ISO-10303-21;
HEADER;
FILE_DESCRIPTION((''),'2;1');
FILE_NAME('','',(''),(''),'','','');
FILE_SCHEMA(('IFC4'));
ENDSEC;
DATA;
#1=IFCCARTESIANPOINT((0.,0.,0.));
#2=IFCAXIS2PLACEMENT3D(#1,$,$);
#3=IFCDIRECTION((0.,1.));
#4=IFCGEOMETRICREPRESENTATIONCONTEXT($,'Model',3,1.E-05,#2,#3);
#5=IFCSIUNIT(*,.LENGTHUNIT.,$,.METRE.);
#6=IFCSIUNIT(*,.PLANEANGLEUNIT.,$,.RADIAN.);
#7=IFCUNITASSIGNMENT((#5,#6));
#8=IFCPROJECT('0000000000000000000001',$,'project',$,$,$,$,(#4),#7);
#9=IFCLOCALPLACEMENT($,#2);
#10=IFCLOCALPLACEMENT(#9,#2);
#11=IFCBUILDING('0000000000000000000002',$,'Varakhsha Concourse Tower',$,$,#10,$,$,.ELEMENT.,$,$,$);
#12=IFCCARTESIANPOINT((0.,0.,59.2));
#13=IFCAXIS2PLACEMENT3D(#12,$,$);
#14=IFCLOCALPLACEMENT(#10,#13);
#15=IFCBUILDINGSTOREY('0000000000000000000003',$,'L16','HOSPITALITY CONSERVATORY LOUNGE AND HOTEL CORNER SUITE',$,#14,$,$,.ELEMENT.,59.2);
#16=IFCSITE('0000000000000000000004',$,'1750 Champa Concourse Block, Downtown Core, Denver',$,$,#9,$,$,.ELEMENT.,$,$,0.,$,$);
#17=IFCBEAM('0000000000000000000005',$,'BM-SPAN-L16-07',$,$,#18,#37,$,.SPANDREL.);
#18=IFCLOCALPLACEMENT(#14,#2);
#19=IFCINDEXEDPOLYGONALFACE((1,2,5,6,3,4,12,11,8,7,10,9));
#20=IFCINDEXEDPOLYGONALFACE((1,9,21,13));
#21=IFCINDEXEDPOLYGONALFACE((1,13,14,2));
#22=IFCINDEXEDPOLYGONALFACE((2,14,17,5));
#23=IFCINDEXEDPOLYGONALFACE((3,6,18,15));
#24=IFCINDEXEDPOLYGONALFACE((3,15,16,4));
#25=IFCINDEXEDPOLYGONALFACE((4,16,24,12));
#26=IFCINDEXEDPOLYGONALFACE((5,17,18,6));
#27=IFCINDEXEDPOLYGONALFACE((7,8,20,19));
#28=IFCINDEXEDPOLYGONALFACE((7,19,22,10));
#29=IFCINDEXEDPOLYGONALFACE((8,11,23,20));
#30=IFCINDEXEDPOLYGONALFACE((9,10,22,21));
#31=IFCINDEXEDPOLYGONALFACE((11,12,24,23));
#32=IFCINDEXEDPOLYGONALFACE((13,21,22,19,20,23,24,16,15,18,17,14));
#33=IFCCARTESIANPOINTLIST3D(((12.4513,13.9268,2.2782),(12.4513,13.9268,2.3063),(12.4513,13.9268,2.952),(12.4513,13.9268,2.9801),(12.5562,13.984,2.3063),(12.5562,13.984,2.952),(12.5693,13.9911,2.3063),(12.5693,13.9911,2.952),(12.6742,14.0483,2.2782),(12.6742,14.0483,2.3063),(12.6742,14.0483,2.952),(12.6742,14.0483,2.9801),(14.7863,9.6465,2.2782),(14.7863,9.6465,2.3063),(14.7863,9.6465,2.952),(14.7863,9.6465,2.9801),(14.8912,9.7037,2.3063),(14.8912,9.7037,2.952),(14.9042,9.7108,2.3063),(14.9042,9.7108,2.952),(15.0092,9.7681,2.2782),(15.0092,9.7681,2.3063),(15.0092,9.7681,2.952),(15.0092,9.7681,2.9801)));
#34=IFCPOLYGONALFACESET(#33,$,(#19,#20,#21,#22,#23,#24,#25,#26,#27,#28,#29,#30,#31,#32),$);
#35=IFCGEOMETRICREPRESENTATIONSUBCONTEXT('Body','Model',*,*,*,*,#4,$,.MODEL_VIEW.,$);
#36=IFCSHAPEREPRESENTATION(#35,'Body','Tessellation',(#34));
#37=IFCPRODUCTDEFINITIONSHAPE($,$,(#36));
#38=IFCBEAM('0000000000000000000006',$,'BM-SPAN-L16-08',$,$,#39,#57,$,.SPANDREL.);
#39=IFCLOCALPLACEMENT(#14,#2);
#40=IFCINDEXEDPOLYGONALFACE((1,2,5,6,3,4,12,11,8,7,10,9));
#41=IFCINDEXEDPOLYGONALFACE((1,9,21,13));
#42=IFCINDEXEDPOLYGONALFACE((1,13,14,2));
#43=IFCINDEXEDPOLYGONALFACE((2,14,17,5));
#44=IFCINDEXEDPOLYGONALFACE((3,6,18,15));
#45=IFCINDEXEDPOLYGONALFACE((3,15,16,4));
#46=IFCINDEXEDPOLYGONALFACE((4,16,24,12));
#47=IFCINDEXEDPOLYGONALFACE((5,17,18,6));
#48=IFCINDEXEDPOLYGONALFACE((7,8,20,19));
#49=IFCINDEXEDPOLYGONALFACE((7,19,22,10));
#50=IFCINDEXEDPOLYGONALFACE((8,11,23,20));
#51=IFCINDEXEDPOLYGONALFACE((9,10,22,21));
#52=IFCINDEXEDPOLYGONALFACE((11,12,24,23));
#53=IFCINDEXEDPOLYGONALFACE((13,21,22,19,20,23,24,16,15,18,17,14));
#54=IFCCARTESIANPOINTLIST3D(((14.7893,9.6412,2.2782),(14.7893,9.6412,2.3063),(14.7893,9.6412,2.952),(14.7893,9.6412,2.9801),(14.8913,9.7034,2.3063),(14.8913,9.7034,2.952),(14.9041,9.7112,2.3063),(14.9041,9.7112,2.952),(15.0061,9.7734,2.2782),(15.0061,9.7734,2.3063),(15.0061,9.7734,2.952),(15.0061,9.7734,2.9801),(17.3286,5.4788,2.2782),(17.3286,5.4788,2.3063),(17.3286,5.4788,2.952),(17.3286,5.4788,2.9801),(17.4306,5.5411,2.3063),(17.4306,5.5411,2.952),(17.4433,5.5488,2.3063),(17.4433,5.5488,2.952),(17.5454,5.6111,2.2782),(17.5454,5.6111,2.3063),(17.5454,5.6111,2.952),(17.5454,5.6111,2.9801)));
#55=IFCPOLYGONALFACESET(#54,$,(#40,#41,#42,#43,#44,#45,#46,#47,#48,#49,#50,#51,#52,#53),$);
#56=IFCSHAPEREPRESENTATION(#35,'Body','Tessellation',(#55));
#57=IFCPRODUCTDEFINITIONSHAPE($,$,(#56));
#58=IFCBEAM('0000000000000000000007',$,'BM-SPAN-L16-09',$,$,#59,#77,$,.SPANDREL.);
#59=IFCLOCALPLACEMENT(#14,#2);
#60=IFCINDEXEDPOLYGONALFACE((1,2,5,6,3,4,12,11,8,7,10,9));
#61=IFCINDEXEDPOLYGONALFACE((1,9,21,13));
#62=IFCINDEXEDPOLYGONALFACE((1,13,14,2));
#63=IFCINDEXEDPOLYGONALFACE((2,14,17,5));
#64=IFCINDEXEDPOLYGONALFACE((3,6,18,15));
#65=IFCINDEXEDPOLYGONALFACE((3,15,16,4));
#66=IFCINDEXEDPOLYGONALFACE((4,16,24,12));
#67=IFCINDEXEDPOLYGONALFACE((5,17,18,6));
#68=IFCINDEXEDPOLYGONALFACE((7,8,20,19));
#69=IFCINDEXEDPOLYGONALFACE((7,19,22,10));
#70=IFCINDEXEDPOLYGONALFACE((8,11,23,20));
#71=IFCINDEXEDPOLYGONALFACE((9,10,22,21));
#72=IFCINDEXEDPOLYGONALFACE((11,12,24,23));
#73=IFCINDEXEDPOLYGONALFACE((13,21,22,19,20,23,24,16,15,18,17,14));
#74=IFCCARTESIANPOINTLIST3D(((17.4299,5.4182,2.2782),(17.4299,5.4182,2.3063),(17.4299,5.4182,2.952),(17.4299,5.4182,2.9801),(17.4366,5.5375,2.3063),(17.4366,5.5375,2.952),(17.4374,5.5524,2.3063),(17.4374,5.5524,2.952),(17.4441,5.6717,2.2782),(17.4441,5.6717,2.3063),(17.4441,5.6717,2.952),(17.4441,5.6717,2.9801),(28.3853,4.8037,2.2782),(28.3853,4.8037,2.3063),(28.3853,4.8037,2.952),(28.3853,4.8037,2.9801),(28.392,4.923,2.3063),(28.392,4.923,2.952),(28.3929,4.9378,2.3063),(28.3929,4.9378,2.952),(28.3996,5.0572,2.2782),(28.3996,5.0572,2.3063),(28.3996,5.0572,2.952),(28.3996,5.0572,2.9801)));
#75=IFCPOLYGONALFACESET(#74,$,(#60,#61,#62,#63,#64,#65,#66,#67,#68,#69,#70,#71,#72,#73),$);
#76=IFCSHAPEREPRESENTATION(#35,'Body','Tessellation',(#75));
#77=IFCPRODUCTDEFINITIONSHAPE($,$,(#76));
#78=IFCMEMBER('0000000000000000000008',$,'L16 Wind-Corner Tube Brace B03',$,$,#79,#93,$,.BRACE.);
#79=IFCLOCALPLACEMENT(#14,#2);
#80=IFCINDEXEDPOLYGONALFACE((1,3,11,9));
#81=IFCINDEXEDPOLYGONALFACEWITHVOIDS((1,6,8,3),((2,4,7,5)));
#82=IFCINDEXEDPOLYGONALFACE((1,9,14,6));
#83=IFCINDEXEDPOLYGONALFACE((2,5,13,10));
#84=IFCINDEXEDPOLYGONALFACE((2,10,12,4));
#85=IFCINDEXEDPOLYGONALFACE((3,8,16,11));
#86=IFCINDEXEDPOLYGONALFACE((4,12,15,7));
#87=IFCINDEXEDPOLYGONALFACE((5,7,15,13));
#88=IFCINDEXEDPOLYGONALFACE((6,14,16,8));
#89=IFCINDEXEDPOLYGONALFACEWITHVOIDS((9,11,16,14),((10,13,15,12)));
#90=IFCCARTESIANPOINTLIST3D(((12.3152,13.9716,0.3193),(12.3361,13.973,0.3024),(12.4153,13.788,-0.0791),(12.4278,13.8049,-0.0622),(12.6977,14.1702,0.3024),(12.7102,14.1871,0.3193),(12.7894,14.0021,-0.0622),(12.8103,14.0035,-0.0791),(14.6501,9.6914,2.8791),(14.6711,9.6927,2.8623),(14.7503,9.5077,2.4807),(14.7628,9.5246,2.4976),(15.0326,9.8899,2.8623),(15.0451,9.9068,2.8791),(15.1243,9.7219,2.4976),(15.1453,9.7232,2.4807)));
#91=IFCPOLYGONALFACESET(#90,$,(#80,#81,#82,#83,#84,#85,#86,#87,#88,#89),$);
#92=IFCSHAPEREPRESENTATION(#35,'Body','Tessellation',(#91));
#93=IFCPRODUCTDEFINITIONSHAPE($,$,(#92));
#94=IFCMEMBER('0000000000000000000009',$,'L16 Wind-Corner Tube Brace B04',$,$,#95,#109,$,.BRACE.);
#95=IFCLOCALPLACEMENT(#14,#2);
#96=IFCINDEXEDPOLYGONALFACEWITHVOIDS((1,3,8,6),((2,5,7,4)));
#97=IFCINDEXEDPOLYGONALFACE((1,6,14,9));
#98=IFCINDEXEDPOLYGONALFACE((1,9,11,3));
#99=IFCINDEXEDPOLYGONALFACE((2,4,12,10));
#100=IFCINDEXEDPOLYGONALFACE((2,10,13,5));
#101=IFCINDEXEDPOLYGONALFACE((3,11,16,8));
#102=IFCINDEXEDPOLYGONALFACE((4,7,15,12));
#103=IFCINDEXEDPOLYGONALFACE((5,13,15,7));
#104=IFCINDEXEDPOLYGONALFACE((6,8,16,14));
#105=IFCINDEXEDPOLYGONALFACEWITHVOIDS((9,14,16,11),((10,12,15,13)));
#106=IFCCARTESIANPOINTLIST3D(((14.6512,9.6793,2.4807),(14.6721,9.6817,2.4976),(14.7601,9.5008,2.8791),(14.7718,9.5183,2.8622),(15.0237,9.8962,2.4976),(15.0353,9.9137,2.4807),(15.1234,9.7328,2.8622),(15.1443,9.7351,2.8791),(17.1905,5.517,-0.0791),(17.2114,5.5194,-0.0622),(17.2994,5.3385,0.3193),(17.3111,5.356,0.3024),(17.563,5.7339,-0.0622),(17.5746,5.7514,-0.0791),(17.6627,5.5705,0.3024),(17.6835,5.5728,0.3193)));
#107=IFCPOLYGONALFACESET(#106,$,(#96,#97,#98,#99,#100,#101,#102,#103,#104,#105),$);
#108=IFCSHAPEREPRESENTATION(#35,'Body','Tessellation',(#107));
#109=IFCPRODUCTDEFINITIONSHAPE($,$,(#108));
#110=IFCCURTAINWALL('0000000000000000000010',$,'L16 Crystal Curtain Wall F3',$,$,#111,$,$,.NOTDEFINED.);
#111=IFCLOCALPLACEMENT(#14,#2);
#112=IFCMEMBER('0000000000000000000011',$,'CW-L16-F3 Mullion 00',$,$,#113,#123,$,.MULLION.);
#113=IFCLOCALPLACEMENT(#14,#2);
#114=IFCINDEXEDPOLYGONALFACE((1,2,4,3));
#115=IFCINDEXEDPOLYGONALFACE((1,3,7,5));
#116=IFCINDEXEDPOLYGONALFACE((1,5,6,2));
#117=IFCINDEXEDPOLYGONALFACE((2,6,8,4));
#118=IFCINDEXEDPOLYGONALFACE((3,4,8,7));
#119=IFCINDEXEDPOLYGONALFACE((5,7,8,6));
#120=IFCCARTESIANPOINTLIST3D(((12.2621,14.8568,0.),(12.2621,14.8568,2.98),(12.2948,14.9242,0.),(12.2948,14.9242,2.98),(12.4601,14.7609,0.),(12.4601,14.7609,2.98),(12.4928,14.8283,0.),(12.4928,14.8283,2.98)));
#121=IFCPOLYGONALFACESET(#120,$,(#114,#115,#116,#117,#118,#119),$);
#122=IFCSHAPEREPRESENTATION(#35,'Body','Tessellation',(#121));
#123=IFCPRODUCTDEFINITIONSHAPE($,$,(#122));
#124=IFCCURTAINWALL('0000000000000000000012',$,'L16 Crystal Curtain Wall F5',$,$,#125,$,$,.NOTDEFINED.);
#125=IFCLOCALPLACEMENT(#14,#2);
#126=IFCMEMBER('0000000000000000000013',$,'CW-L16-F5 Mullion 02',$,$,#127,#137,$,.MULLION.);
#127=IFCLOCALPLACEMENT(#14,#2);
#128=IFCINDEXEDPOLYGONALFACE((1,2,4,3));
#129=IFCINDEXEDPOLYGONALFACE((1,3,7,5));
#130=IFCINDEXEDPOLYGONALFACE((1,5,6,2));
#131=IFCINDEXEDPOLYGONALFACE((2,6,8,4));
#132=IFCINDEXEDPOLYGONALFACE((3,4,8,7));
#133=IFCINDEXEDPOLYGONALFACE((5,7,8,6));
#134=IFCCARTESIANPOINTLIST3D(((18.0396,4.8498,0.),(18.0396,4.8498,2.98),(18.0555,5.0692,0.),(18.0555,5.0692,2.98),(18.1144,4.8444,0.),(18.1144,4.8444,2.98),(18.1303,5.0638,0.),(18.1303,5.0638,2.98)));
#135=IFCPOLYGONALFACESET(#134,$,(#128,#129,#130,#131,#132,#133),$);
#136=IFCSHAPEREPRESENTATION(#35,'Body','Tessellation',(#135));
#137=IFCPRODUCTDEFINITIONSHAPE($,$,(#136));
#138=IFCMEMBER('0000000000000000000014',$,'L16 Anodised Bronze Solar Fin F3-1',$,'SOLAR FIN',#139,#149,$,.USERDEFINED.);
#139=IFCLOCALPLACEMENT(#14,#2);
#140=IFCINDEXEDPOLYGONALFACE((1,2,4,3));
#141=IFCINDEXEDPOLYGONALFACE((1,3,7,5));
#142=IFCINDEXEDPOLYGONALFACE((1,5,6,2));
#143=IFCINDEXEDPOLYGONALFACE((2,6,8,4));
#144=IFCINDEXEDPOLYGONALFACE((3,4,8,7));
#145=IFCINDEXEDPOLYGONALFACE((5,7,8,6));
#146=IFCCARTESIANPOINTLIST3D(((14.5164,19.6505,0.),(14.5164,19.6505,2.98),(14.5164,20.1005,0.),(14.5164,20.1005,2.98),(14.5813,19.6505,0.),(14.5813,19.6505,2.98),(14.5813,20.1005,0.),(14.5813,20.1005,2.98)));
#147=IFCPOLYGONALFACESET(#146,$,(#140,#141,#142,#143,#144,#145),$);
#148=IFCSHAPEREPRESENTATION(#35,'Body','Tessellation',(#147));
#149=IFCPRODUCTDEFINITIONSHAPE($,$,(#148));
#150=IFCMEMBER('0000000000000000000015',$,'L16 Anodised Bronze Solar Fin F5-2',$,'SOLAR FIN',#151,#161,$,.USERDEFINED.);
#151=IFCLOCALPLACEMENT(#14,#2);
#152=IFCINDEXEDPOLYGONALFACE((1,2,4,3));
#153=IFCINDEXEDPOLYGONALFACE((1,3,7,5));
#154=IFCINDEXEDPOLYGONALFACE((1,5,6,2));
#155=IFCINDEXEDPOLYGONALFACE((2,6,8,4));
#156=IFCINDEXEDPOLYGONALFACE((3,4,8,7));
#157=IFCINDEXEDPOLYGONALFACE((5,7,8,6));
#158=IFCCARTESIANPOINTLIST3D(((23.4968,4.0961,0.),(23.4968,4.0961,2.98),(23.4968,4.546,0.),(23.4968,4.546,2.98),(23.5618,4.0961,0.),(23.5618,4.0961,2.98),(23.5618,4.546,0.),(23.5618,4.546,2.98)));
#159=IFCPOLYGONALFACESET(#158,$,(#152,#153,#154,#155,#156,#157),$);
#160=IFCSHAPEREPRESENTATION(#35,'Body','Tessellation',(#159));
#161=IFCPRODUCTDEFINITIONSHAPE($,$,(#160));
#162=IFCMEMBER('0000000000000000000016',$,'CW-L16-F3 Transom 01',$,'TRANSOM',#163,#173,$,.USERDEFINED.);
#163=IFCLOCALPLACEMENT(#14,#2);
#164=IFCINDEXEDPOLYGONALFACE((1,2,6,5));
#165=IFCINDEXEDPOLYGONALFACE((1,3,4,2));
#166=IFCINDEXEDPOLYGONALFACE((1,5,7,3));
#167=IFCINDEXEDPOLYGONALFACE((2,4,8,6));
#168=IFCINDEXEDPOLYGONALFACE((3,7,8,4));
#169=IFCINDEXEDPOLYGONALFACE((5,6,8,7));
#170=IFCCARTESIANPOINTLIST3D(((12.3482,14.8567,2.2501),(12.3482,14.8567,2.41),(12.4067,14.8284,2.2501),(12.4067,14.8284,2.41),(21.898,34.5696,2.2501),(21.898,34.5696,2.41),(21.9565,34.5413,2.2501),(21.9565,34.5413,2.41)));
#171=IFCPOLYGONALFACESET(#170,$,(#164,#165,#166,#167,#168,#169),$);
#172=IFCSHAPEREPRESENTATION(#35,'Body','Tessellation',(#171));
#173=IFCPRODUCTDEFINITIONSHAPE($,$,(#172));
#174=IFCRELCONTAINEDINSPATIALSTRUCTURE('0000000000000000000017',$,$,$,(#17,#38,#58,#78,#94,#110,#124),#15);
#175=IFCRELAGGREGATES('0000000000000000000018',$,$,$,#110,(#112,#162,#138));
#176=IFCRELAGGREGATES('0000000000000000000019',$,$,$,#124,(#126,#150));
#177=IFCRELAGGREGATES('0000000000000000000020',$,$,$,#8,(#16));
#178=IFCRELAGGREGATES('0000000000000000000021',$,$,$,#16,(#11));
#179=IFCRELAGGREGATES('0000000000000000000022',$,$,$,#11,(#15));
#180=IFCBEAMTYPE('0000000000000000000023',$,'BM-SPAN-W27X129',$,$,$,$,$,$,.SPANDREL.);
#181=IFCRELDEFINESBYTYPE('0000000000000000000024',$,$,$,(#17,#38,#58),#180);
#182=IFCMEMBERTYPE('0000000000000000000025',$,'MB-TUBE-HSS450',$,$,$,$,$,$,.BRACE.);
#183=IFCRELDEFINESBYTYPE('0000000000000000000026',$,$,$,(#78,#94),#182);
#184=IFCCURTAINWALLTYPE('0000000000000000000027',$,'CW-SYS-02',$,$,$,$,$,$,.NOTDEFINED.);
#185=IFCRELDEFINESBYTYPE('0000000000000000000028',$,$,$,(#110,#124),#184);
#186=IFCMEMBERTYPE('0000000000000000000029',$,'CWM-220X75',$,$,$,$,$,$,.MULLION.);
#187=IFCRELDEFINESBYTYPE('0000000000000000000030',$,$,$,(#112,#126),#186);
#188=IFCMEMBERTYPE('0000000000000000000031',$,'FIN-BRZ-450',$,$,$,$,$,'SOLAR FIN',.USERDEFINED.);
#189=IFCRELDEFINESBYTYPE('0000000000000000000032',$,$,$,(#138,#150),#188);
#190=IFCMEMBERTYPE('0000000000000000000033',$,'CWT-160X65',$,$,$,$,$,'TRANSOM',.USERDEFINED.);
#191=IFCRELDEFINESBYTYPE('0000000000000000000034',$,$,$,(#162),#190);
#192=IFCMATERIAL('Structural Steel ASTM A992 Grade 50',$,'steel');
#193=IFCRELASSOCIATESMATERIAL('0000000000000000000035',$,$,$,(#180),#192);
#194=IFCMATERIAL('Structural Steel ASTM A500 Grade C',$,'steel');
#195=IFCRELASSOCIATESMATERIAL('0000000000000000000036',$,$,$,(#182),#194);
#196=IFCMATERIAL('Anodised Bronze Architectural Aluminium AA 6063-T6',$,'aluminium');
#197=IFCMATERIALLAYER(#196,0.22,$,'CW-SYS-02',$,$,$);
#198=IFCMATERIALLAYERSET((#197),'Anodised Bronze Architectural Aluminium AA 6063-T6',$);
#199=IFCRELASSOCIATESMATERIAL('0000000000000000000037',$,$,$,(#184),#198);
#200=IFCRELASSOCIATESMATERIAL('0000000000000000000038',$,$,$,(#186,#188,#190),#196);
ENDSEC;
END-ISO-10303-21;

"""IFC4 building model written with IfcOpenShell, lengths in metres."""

from ifc_helpers import new_model, si_unit, direction, frame, origin, origin_2d, place, context, subcontext, project, spatial, rectangle, hollow_rectangle, i_section, extrude, source, transform, mapped, material, layer, layer_set, material_profile, profile_set, type_object, type_shapes, element, aggregate, save


model = new_model("IFC4")

# Units and contexts
model_context = context("Model", 3, precision=1e-05, world=origin(), true_north=direction((0.0, 1.0)))
body_context = subcontext(model_context, "Body", "Model", "MODEL_VIEW")
ifc_project = project(units=[si_unit("LENGTHUNIT", "METRE"), si_unit("PLANEANGLEUNIT", "RADIAN")], contexts=[model_context])

# Site, building, storey
site_placement = place(None, origin())
site = spatial("IfcSite", under=ifc_project, at=site_placement, Name="1750 Champa Concourse Block, Downtown Core, Denver", CompositionType="ELEMENT", RefElevation=0.0)
building_placement = place(site_placement, origin())
building = spatial("IfcBuilding", under=site, at=building_placement, Name="Varakhsha Concourse Tower", CompositionType="ELEMENT")
storey_placement = place(building_placement, frame((0.0, 0.0, 59.2)))
storey = spatial("IfcBuildingStorey", under=building, at=storey_placement, Name="L16", Description="HOSPITALITY CONSERVATORY LOUNGE AND HOTEL CORNER SUITE", CompositionType="ELEMENT", Elevation=59.2)

# Shared definitions
ifc_material_1 = material(Name="Structural Steel ASTM A992 Grade 50", Category="steel")

# Beams
ifc_material_profile_1 = material_profile(ifc_material_1, i_section(OverallWidth=0.2539, OverallDepth=0.7019, WebThickness=0.0149, FlangeThickness=0.0281, at=origin_2d()), Name="W27X129")
ifc_profile_set_1 = profile_set([ifc_material_profile_1], Name="Structural Steel ASTM A992 Grade 50")
beam_type_1 = type_object("IfcBeamType", Name="BM-SPAN-W27X129", PredefinedType="SPANDREL", material=ifc_profile_set_1)
for number, where, z_axis, x_axis, name in (
    (1, (12.5627, 13.9875, 2.6292), (0.478894, -0.877873, 0.0), (0.877873, 0.478894, 0.0), "BM-SPAN-L16-07"),
    (2, (14.8977, 9.7073, 2.6292), (0.5208, -0.853679, 0.0), (0.853679, 0.5208, 0.0), "BM-SPAN-L16-08"),
):
    element("IfcBeam", number, at=place(storey_placement, frame(where, z_axis=z_axis, x_axis=x_axis)), inside=storey, type_object=beam_type_1, Name=name, PredefinedType="SPANDREL", context=body_context, shape_type="SweptSolid", body=[
        extrude(i_section(OverallWidth=0.2539, OverallDepth=0.7019, WebThickness=0.0149, FlangeThickness=0.0281, at=origin_2d()), origin(), (0.0, 0.0, 1.0), 4.8757),
    ])
beam_1_placement = place(storey_placement, frame((17.437, 5.5449, 2.6292), z_axis=(0.998431, -0.056004, 0.0), x_axis=(0.056004, 0.998431, 0.0)))
element("IfcBeam", 3, at=beam_1_placement, inside=storey, type_object=beam_type_1, Name="BM-SPAN-L16-09", PredefinedType="SPANDREL", context=body_context, shape_type="SweptSolid", body=[
    extrude(i_section(OverallWidth=0.2539, OverallDepth=0.7019, WebThickness=0.0149, FlangeThickness=0.0281, at=origin_2d()), origin(), (0.0, 0.0, 1.0), 10.9727),
])

# Members
ifc_material_2 = material(Name="Structural Steel ASTM A500 Grade C", Category="steel")
ifc_material_profile_2 = material_profile(ifc_material_2, hollow_rectangle(XDim=0.45, YDim=0.45, WallThickness=0.019, at=origin_2d()), Name="HSS 450x450x19")
ifc_profile_set_2 = profile_set([ifc_material_profile_2], Name="Structural Steel ASTM A500 Grade C")
member_type_1 = type_object("IfcMemberType", Name="MB-TUBE-HSS450", PredefinedType="BRACE", material=ifc_profile_set_2)
shared_shape_1 = source(origin(), body_context, "Body", "SweptSolid", [
    extrude(hollow_rectangle(XDim=0.45, YDim=0.45, WallThickness=0.019, at=origin_2d()), origin(), (0.0, 0.0, 1.0), 5.5068),
])
type_shapes(member_type_1, [shared_shape_1])
for number, where, z_axis, x_axis, name in (
    (4, (12.5627, 13.9875, 0.1201), (0.42401, -0.777263, 0.464842), (0.877873, 0.478894, 0.0), "L16 Wind-Corner Tube Brace B03"),
    (5, (17.437, 5.5449, 0.1201), (-0.461114, 0.755844, 0.464838), (-0.853679, -0.5208, 0.0), "L16 Wind-Corner Tube Brace B04"),
):
    element("IfcMember", number, at=place(storey_placement, frame(where, z_axis=z_axis, x_axis=x_axis)), inside=storey, type_object=member_type_1, Name=name, PredefinedType="BRACE", context=body_context, shape_type="MappedRepresentation", body=[
        mapped(shared_shape_1, transform((0.0, 0.0, 0.0), scale=1.0)),
    ])

# Curtain walls, members
ifc_material_3 = material(Name="Anodised Bronze Architectural Aluminium AA 6063-T6", Category="aluminium")
ifc_layer_1 = layer(ifc_material_3, 0.22, Name="CW-SYS-02")
ifc_layer_set_1 = layer_set([ifc_layer_1], Name="Anodised Bronze Architectural Aluminium AA 6063-T6")
curtain_wall_type = type_object("IfcCurtainWallType", Name="CW-SYS-02", PredefinedType="NOTDEFINED", material=ifc_layer_set_1)
curtain_wall_1_placement = place(storey_placement, origin())
curtain_wall_1 = element("IfcCurtainWall", 6, at=curtain_wall_1_placement, inside=storey, type_object=curtain_wall_type, Name="L16 Crystal Curtain Wall F3", PredefinedType="NOTDEFINED")
ifc_material_profile_3 = material_profile(ifc_material_3, rectangle(XDim=0.075, YDim=0.22, at=origin_2d()), Name="CWM-220X75")
ifc_profile_set_3 = profile_set([ifc_material_profile_3], Name="Anodised Bronze Architectural Aluminium AA 6063-T6")
member_type_2 = type_object("IfcMemberType", Name="CWM-220X75", PredefinedType="MULLION", material=ifc_profile_set_3)
shared_shape_2 = source(origin(), body_context, "Body", "SweptSolid", [
    extrude(rectangle(XDim=0.075, YDim=0.22, at=origin_2d()), origin(), (0.0, 0.0, 1.0), 2.98),
])
type_shapes(member_type_2, [shared_shape_2])
member_1_placement = place(storey_placement, frame((12.3774, 14.8425, 0.0), z_axis=(0.0, 0.0, 1.0), x_axis=(0.435982, 0.899955, 0.0)))
member_1 = element("IfcMember", 7, at=member_1_placement, type_object=member_type_2, Name="CW-L16-F3 Mullion 00", PredefinedType="MULLION", context=body_context, shape_type="MappedRepresentation", body=[
    mapped(shared_shape_2, transform((0.0, 0.0, 0.0), scale=1.0)),
])
curtain_wall_2_placement = place(storey_placement, origin())
curtain_wall_2 = element("IfcCurtainWall", 8, at=curtain_wall_2_placement, inside=storey, type_object=curtain_wall_type, Name="L16 Crystal Curtain Wall F5", PredefinedType="NOTDEFINED")
member_2_placement = place(storey_placement, frame((18.085, 4.9568, 0.0), z_axis=(0.0, 0.0, 1.0), x_axis=(-0.997376, 0.072401, 0.0)))
member_2 = element("IfcMember", 9, at=member_2_placement, type_object=member_type_2, Name="CW-L16-F5 Mullion 02", PredefinedType="MULLION", context=body_context, shape_type="MappedRepresentation", body=[
    mapped(shared_shape_2, transform((0.0, 0.0, 0.0), scale=1.0)),
])

# Members
ifc_material_profile_4 = material_profile(ifc_material_3, rectangle(XDim=0.0649, YDim=0.45, at=origin_2d()), Name="FIN-BRZ-450")
ifc_profile_set_4 = profile_set([ifc_material_profile_4], Name="Anodised Bronze Architectural Aluminium AA 6063-T6")
member_type_3 = type_object("IfcMemberType", Name="FIN-BRZ-450", ElementType="SOLAR FIN", PredefinedType="USERDEFINED", material=ifc_profile_set_4)
shared_shape_3 = source(origin(), body_context, "Body", "SweptSolid", [
    extrude(rectangle(XDim=0.0649, YDim=0.45, at=origin_2d()), origin(), (0.0, 0.0, 1.0), 2.98),
])
type_shapes(member_type_3, [shared_shape_3])
member_3_placement = place(storey_placement, frame((14.5488, 19.8755, 0.0), z_axis=(0.0, 0.0, 1.0), x_axis=(1.0, 0.0, 0.0)))
member_3 = element("IfcMember", 10, at=member_3_placement, type_object=member_type_3, Name="L16 Anodised Bronze Solar Fin F3-1", ObjectType="SOLAR FIN", PredefinedType="USERDEFINED", context=body_context, shape_type="MappedRepresentation", body=[
    mapped(shared_shape_3, transform((0.0, 0.0, 0.0), scale=1.0)),
])
member_4_placement = place(storey_placement, frame((23.5293, 4.321, 0.0), z_axis=(0.0, 0.0, 1.0), x_axis=(1.0, 0.0, 0.0)))
member_4 = element("IfcMember", 11, at=member_4_placement, type_object=member_type_3, Name="L16 Anodised Bronze Solar Fin F5-2", ObjectType="SOLAR FIN", PredefinedType="USERDEFINED", context=body_context, shape_type="MappedRepresentation", body=[
    mapped(shared_shape_3, transform((0.0, 0.0, 0.0), scale=1.0)),
])
ifc_material_profile_5 = material_profile(ifc_material_3, rectangle(XDim=0.0649, YDim=0.1599, at=origin_2d()), Name="CWT-160X65")
ifc_profile_set_5 = profile_set([ifc_material_profile_5], Name="Anodised Bronze Architectural Aluminium AA 6063-T6")
member_type_4 = type_object("IfcMemberType", Name="CWT-160X65", ElementType="TRANSOM", PredefinedType="USERDEFINED", material=ifc_profile_set_5)
shared_shape_4 = source(origin(), body_context, "Body", "SweptSolid", [
    extrude(rectangle(XDim=0.0649, YDim=0.1599, at=origin_2d()), origin(), (0.0, 0.0, 1.0), 21.9043),
])
type_shapes(member_type_4, [shared_shape_4])
member_5_placement = place(storey_placement, frame((12.3774, 14.8425, 2.3301), z_axis=(0.435979, 0.899957, 0.0), x_axis=(-0.899957, 0.435979, 0.0)))
member_5 = element("IfcMember", 12, at=member_5_placement, type_object=member_type_4, Name="CW-L16-F3 Transom 01", ObjectType="TRANSOM", PredefinedType="USERDEFINED", context=body_context, shape_type="MappedRepresentation", body=[
    mapped(shared_shape_4, transform((0.0, 0.0, 0.0), scale=1.0)),
])

aggregate(curtain_wall_1, [member_1, member_5, member_3])
aggregate(curtain_wall_2, [member_2, member_4])

save(model, "model.ifc")
